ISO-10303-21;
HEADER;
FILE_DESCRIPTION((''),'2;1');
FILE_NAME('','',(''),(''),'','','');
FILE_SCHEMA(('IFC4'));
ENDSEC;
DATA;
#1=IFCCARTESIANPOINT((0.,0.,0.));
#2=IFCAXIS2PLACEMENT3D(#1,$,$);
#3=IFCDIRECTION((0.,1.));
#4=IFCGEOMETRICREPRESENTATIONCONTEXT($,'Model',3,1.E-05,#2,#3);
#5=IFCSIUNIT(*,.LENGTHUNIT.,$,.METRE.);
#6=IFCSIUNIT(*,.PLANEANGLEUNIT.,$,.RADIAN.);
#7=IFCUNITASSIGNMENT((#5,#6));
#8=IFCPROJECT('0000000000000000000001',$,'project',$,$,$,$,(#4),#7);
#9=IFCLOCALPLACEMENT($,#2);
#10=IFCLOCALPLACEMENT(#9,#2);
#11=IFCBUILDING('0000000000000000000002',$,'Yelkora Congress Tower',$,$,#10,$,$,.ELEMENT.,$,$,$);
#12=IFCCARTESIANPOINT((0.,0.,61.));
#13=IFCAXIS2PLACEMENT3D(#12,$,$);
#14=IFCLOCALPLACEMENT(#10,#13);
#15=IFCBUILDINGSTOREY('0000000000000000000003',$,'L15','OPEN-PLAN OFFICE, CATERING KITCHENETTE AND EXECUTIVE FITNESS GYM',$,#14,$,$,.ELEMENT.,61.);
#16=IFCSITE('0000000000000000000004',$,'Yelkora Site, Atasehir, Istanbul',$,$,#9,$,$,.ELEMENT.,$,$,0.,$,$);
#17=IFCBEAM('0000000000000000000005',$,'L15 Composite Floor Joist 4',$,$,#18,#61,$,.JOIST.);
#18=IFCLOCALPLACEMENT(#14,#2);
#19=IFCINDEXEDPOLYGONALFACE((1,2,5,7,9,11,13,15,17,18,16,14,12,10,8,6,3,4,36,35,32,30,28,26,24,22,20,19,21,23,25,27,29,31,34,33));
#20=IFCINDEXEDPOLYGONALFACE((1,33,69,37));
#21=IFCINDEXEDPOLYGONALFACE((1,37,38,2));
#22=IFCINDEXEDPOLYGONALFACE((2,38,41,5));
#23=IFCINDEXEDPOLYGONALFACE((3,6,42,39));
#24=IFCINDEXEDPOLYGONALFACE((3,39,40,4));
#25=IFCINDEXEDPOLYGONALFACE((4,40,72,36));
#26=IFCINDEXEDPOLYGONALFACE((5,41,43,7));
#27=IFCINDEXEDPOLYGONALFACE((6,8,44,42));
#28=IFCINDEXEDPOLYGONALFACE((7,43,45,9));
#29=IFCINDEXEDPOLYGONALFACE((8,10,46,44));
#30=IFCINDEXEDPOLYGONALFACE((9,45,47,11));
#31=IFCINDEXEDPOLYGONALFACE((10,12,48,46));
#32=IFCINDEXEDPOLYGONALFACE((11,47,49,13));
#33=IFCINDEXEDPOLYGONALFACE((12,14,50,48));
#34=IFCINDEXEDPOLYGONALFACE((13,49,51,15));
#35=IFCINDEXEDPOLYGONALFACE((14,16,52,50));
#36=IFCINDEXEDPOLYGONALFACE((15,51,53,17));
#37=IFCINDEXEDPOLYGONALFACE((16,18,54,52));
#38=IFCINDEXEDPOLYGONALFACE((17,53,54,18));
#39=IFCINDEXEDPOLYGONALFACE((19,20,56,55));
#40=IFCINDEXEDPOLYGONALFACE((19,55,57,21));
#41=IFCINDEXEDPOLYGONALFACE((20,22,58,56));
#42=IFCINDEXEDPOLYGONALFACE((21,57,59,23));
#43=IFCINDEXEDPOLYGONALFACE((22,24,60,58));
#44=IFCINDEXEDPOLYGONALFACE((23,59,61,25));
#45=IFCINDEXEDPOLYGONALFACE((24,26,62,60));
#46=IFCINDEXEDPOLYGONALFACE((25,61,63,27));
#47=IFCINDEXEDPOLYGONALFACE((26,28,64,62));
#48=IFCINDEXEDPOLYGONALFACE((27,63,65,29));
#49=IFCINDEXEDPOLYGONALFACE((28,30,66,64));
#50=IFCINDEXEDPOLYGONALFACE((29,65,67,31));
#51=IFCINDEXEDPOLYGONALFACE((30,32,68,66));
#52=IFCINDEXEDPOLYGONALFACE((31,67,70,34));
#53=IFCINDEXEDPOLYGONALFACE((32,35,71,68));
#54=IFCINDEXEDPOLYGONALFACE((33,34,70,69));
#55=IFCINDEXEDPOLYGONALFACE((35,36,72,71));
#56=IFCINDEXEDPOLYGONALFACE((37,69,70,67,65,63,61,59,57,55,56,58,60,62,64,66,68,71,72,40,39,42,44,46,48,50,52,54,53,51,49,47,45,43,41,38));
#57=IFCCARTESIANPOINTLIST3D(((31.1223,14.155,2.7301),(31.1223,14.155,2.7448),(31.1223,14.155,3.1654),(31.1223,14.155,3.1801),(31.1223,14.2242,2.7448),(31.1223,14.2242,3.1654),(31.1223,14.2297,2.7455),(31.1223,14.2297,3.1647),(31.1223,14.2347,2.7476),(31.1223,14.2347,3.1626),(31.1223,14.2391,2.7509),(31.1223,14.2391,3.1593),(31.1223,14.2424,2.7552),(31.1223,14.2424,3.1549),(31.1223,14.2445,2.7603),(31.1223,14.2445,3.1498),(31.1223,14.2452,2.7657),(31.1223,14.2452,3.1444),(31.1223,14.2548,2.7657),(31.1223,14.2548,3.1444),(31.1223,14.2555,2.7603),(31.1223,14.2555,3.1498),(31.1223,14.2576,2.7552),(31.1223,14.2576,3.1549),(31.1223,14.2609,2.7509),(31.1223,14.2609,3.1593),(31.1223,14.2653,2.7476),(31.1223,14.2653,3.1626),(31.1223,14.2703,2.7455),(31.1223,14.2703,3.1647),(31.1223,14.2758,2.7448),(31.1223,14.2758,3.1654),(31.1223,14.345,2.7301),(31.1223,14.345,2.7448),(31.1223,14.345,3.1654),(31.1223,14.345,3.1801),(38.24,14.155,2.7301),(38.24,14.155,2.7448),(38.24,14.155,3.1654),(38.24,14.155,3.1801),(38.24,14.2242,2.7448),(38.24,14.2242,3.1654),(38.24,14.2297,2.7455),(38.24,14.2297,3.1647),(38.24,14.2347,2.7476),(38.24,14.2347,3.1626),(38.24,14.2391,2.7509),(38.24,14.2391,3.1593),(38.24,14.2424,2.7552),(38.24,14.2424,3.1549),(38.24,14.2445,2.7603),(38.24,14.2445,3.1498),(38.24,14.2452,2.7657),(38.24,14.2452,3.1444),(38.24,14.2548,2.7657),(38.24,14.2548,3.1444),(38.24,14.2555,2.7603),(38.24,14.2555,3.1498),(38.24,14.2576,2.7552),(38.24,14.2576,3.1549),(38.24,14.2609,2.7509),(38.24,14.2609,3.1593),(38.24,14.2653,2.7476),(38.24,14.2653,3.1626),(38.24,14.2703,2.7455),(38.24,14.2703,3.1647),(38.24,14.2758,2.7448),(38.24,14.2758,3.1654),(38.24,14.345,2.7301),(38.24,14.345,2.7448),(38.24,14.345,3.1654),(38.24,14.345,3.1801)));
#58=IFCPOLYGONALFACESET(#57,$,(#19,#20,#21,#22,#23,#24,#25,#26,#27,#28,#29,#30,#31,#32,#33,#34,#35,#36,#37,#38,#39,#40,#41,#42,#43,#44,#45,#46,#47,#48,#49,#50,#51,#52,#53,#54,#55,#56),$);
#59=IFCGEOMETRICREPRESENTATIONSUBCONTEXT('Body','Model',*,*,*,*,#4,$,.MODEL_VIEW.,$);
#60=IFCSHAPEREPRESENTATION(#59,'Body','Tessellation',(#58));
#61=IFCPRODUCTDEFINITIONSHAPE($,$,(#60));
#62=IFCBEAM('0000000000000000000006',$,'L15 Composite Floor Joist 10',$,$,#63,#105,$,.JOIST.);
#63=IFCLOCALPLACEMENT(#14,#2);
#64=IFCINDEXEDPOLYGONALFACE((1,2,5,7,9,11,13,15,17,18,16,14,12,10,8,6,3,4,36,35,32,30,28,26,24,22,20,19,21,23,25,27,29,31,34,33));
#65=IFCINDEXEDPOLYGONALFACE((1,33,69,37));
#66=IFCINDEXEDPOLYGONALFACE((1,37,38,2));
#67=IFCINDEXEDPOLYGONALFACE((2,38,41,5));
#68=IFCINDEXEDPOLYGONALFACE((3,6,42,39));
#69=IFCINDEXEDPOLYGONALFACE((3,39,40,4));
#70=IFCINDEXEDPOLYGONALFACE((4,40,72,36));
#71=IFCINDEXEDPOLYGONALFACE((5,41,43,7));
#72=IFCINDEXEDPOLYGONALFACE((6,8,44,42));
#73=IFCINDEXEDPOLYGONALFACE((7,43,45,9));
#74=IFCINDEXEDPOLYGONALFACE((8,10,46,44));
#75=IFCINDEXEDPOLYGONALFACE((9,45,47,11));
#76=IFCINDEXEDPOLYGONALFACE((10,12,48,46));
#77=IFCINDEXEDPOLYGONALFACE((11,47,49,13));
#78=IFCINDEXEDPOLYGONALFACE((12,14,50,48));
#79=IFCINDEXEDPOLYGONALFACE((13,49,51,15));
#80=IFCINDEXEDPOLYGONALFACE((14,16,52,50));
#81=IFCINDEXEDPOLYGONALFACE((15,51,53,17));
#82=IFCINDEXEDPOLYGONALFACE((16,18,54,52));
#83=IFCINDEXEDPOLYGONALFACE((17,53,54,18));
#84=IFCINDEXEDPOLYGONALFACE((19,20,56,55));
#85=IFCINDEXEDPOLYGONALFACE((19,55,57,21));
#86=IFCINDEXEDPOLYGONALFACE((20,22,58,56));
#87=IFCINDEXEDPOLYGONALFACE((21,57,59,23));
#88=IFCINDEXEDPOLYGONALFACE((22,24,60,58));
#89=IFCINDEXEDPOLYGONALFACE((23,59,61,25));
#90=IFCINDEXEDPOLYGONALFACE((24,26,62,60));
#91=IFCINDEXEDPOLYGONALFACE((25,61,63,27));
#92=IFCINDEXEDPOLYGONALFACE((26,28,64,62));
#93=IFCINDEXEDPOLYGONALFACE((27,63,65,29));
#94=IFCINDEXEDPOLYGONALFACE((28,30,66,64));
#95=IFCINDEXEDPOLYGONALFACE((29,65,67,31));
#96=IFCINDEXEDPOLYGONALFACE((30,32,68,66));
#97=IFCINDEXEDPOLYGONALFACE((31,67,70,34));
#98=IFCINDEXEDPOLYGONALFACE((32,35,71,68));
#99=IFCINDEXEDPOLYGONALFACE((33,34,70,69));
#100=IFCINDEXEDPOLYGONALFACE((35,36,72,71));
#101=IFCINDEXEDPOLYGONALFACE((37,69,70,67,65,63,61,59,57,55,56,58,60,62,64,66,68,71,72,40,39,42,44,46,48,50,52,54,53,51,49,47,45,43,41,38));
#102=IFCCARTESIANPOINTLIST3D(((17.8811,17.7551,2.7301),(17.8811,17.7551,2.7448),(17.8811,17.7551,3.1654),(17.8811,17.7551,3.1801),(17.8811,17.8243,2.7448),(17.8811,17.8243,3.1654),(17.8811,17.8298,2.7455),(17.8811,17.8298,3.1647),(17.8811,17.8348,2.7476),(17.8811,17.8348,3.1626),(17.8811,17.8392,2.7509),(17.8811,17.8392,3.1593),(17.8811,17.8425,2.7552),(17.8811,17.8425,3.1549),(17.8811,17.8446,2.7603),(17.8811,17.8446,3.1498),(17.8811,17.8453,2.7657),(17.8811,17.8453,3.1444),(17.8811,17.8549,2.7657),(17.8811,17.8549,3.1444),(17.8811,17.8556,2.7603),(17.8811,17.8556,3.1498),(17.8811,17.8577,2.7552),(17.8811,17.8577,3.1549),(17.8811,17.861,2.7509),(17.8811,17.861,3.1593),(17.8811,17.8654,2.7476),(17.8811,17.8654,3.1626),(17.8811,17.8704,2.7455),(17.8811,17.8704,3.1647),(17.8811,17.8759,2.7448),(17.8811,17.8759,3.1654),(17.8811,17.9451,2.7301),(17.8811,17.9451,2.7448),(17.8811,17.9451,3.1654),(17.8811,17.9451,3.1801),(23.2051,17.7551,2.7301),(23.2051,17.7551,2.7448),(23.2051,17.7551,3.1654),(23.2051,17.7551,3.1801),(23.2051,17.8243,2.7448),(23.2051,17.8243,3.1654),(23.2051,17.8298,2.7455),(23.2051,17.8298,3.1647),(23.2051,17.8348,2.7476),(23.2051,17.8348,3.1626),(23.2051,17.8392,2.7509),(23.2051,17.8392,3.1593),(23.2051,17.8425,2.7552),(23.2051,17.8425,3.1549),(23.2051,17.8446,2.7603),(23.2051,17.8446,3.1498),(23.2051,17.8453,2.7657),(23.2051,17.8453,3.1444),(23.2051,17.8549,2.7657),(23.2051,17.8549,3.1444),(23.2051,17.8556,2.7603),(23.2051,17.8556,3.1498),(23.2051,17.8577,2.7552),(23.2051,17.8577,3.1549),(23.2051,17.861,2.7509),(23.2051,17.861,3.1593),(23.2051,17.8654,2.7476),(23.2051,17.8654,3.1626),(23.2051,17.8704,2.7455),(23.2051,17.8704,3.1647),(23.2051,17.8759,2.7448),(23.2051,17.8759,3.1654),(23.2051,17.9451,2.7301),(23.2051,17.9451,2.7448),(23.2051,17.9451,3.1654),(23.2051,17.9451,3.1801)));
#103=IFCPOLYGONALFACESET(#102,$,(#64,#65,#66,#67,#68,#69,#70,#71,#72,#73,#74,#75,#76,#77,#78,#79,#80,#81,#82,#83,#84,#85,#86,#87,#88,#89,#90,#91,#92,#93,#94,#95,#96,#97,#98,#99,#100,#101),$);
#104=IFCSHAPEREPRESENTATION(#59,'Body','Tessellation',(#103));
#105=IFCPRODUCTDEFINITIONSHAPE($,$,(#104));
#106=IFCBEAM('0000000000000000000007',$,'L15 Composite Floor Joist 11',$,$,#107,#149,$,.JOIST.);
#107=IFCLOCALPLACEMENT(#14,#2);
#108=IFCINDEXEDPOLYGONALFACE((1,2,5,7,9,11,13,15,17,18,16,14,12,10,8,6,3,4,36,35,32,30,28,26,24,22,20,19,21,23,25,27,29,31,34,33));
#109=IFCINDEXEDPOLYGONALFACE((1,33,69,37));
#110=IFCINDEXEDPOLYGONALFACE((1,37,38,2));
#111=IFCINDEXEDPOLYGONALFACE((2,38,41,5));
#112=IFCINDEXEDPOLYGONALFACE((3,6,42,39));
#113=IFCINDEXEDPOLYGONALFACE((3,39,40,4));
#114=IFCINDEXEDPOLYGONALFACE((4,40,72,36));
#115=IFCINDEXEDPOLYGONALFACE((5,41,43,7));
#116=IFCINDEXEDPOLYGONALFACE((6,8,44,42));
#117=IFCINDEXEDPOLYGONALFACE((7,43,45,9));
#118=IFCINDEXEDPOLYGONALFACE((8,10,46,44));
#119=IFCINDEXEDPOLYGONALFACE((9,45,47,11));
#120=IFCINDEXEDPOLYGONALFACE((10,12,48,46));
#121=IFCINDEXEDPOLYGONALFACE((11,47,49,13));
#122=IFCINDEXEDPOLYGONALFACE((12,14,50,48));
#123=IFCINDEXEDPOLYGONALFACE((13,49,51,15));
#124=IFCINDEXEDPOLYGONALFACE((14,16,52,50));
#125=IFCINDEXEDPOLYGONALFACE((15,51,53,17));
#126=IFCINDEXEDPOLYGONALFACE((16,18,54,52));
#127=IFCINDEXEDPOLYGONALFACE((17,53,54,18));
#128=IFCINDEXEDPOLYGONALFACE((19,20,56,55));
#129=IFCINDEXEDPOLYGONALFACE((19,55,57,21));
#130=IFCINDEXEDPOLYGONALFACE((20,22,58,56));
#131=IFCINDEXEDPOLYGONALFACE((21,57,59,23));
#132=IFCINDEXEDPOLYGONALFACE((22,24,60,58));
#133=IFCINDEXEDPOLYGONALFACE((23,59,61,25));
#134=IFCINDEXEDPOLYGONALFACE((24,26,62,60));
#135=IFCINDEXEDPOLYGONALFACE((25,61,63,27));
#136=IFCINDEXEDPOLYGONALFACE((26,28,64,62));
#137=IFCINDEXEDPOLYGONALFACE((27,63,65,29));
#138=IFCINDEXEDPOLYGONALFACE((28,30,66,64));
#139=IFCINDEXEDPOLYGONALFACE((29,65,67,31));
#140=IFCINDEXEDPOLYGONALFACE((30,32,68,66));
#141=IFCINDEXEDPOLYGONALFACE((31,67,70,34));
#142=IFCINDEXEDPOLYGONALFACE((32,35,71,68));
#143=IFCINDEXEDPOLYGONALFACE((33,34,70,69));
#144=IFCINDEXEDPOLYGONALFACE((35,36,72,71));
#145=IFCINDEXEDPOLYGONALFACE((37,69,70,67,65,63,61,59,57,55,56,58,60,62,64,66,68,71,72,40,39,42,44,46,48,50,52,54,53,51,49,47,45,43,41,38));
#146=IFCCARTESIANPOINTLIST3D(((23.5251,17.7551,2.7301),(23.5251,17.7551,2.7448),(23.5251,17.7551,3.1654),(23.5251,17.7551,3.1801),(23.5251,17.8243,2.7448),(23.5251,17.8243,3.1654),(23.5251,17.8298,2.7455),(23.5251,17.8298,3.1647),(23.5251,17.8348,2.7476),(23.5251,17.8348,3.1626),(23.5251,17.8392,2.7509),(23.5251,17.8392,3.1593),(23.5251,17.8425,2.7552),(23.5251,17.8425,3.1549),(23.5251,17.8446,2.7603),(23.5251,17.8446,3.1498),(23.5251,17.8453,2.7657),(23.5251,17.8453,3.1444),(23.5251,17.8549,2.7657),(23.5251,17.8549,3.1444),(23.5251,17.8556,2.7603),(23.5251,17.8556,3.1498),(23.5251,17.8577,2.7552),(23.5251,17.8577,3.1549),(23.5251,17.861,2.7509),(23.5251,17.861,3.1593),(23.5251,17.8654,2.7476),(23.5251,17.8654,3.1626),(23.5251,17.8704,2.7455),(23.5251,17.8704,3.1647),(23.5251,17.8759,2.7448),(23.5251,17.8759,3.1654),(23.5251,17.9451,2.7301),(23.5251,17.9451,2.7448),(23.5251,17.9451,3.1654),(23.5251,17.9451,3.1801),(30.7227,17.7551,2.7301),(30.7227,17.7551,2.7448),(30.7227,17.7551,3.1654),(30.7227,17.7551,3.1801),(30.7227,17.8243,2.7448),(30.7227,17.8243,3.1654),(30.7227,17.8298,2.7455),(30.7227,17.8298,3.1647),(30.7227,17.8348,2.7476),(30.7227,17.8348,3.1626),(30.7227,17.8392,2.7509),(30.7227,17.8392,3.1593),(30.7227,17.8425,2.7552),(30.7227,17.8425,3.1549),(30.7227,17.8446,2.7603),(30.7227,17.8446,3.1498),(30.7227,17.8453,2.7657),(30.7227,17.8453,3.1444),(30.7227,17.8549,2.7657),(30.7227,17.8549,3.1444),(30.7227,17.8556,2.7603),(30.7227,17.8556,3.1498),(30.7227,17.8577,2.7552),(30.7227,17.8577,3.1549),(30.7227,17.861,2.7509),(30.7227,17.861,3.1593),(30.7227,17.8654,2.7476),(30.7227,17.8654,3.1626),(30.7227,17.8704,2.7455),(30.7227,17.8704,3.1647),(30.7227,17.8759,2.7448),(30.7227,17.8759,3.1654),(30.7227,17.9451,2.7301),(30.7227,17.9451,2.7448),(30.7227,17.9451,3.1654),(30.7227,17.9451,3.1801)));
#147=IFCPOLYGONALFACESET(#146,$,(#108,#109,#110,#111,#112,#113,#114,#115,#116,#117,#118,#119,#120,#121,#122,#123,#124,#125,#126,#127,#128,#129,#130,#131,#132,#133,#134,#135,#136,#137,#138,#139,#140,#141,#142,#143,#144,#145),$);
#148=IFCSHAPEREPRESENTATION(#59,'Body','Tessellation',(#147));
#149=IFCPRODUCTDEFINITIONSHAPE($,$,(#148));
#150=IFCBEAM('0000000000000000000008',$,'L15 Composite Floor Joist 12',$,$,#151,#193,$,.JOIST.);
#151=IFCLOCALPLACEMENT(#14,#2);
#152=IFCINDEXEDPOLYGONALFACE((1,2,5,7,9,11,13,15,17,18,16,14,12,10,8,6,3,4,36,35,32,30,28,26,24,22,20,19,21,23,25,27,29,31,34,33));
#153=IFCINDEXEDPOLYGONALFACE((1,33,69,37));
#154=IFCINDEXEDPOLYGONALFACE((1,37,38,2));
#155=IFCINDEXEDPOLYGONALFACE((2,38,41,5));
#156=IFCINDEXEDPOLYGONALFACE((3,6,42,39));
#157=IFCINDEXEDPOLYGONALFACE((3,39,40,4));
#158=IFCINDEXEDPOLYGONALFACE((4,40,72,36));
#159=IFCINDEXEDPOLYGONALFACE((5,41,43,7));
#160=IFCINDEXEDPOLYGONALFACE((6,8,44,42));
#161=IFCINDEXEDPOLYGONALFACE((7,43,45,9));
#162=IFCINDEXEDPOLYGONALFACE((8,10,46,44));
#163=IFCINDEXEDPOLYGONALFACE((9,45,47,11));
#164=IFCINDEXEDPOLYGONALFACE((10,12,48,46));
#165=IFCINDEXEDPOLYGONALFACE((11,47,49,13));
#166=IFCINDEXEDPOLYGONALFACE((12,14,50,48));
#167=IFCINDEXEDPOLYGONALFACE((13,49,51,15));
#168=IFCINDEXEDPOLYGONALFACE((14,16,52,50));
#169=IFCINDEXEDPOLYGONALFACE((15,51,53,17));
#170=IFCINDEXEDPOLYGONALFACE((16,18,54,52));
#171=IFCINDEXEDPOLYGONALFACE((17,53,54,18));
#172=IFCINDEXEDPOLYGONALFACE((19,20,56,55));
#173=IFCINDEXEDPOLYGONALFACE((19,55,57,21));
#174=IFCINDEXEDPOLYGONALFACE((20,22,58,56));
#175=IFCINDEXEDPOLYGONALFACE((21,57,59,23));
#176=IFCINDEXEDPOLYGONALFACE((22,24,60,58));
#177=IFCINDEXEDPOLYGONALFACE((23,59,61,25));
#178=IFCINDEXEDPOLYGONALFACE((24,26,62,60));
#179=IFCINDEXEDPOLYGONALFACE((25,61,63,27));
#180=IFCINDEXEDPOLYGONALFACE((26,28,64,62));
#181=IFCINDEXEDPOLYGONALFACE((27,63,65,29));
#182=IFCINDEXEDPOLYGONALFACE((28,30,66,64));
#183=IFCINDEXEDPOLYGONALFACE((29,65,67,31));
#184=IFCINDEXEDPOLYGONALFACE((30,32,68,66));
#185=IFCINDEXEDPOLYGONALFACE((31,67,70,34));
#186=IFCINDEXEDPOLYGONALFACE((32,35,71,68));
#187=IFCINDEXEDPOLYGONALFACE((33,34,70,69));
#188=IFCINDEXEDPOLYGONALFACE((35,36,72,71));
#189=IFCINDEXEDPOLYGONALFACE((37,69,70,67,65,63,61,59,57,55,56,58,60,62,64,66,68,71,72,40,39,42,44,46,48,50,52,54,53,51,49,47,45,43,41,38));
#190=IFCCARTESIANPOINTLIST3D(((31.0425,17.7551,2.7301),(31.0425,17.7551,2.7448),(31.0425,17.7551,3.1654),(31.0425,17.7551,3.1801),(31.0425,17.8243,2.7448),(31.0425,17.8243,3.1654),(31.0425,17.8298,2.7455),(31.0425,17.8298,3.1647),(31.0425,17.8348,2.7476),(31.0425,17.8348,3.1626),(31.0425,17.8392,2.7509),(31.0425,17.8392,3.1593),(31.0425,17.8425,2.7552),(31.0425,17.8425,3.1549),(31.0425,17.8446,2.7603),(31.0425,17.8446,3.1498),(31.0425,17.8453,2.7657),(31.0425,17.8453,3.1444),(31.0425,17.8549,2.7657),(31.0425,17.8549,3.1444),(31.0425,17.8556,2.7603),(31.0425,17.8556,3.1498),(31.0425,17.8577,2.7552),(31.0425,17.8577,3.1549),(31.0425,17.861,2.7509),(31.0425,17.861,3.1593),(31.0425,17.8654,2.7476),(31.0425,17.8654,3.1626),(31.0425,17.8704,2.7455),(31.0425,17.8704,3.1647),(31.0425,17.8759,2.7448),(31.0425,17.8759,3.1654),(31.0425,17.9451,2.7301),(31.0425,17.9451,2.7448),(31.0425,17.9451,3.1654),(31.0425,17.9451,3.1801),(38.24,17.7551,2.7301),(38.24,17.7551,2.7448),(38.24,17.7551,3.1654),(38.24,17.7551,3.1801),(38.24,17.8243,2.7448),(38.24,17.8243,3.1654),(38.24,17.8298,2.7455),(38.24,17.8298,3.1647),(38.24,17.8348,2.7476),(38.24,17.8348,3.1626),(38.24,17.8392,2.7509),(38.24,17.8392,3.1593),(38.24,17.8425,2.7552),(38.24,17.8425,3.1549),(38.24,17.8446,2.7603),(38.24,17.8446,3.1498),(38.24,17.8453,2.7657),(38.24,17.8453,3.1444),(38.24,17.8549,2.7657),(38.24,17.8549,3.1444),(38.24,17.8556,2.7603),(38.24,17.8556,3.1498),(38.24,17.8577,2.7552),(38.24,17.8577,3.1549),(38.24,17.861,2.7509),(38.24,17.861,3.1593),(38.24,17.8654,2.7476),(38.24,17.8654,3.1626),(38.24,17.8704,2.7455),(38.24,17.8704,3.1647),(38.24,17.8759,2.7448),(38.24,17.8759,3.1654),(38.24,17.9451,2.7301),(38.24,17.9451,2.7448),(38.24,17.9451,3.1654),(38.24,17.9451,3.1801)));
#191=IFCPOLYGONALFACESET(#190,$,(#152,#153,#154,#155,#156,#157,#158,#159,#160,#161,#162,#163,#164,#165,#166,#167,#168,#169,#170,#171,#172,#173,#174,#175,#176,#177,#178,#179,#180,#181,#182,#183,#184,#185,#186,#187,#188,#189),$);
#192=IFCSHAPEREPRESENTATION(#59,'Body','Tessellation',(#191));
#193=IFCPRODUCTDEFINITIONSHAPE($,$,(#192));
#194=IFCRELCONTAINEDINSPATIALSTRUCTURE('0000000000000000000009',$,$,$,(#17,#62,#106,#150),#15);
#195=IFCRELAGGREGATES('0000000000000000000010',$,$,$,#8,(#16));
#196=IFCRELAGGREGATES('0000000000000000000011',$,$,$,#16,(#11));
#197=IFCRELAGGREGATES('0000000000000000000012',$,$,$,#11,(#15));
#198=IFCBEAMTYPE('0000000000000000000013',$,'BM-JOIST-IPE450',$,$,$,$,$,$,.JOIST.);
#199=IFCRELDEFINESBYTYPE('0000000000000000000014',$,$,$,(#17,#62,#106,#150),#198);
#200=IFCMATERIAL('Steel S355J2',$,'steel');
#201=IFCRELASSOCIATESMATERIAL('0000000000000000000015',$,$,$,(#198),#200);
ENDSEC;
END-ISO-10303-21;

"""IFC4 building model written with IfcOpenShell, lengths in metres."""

from ifc_helpers import new_model, si_unit, direction, frame, origin, origin_2d, place, context, subcontext, project, spatial, i_section, extrude, material, material_profile, profile_set, type_object, element, save


model = new_model("IFC4")

# Units and contexts
model_context = context("Model", 3, precision=1e-05, world=origin(), true_north=direction((0.0, 1.0)))
body_context = subcontext(model_context, "Body", "Model", "MODEL_VIEW")
ifc_project = project(units=[si_unit("LENGTHUNIT", "METRE"), si_unit("PLANEANGLEUNIT", "RADIAN")], contexts=[model_context])

# Site, building, storey
site_placement = place(None, origin())
site = spatial("IfcSite", under=ifc_project, at=site_placement, Name="Yelkora Site, Atasehir, Istanbul", CompositionType="ELEMENT", RefElevation=0.0)
building_placement = place(site_placement, origin())
building = spatial("IfcBuilding", under=site, at=building_placement, Name="Yelkora Congress Tower", CompositionType="ELEMENT")
storey_placement = place(building_placement, frame((0.0, 0.0, 61.0)))
storey = spatial("IfcBuildingStorey", under=building, at=storey_placement, Name="L15", Description="OPEN-PLAN OFFICE, CATERING KITCHENETTE AND EXECUTIVE FITNESS GYM", CompositionType="ELEMENT", Elevation=61.0)

# Beams
ifc_material_1 = material(Name="Steel S355J2", Category="steel")
ifc_material_profile_1 = material_profile(ifc_material_1, i_section(OverallWidth=0.1899, OverallDepth=0.45, WebThickness=0.0095, FlangeThickness=0.0146, FilletRadius=0.021, at=origin_2d()), Name="IPE 450")
ifc_profile_set_1 = profile_set([ifc_material_profile_1], Name="Steel S355J2")
beam_type_1 = type_object("IfcBeamType", Name="BM-JOIST-IPE450", PredefinedType="JOIST", material=ifc_profile_set_1)
for number, where, z_axis, x_axis, name in (
    (1, (31.1223, 14.25, 2.9551), (1.0, 0.0, 0.0), (0.0, 1.0, 0.0), "L15 Composite Floor Joist 4"),
):
    element("IfcBeam", number, at=place(storey_placement, frame(where, z_axis=z_axis, x_axis=x_axis)), inside=storey, type_object=beam_type_1, Name=name, PredefinedType="JOIST", context=body_context, shape_type="SweptSolid", body=[
        extrude(i_section(OverallWidth=0.1899, OverallDepth=0.45, WebThickness=0.0095, FlangeThickness=0.0146, FilletRadius=0.021, at=origin_2d()), origin(), (0.0, 0.0, 1.0), 7.1177),
    ])
beam_1_placement = place(storey_placement, frame((17.8811, 17.8501, 2.9551), z_axis=(1.0, 0.0, 0.0), x_axis=(0.0, 1.0, 0.0)))
element("IfcBeam", 2, at=beam_1_placement, inside=storey, type_object=beam_type_1, Name="L15 Composite Floor Joist 10", PredefinedType="JOIST", context=body_context, shape_type="SweptSolid", body=[
    extrude(i_section(OverallWidth=0.1899, OverallDepth=0.45, WebThickness=0.0095, FlangeThickness=0.0146, FilletRadius=0.021, at=origin_2d()), origin(), (0.0, 0.0, 1.0), 5.324),
])
for number, where, z_axis, x_axis, name in (
    (3, (23.5251, 17.8501, 2.9551), (1.0, 0.0, 0.0), (0.0, 1.0, 0.0), "L15 Composite Floor Joist 11"),
    (4, (31.0425, 17.8501, 2.9551), (1.0, 0.0, 0.0), (0.0, 1.0, 0.0), "L15 Composite Floor Joist 12"),
):
    element("IfcBeam", number, at=place(storey_placement, frame(where, z_axis=z_axis, x_axis=x_axis)), inside=storey, type_object=beam_type_1, Name=name, PredefinedType="JOIST", context=body_context, shape_type="SweptSolid", body=[
        extrude(i_section(OverallWidth=0.1899, OverallDepth=0.45, WebThickness=0.0095, FlangeThickness=0.0146, FilletRadius=0.021, at=origin_2d()), origin(), (0.0, 0.0, 1.0), 7.1975),
    ])

save(model, "model.ifc")
